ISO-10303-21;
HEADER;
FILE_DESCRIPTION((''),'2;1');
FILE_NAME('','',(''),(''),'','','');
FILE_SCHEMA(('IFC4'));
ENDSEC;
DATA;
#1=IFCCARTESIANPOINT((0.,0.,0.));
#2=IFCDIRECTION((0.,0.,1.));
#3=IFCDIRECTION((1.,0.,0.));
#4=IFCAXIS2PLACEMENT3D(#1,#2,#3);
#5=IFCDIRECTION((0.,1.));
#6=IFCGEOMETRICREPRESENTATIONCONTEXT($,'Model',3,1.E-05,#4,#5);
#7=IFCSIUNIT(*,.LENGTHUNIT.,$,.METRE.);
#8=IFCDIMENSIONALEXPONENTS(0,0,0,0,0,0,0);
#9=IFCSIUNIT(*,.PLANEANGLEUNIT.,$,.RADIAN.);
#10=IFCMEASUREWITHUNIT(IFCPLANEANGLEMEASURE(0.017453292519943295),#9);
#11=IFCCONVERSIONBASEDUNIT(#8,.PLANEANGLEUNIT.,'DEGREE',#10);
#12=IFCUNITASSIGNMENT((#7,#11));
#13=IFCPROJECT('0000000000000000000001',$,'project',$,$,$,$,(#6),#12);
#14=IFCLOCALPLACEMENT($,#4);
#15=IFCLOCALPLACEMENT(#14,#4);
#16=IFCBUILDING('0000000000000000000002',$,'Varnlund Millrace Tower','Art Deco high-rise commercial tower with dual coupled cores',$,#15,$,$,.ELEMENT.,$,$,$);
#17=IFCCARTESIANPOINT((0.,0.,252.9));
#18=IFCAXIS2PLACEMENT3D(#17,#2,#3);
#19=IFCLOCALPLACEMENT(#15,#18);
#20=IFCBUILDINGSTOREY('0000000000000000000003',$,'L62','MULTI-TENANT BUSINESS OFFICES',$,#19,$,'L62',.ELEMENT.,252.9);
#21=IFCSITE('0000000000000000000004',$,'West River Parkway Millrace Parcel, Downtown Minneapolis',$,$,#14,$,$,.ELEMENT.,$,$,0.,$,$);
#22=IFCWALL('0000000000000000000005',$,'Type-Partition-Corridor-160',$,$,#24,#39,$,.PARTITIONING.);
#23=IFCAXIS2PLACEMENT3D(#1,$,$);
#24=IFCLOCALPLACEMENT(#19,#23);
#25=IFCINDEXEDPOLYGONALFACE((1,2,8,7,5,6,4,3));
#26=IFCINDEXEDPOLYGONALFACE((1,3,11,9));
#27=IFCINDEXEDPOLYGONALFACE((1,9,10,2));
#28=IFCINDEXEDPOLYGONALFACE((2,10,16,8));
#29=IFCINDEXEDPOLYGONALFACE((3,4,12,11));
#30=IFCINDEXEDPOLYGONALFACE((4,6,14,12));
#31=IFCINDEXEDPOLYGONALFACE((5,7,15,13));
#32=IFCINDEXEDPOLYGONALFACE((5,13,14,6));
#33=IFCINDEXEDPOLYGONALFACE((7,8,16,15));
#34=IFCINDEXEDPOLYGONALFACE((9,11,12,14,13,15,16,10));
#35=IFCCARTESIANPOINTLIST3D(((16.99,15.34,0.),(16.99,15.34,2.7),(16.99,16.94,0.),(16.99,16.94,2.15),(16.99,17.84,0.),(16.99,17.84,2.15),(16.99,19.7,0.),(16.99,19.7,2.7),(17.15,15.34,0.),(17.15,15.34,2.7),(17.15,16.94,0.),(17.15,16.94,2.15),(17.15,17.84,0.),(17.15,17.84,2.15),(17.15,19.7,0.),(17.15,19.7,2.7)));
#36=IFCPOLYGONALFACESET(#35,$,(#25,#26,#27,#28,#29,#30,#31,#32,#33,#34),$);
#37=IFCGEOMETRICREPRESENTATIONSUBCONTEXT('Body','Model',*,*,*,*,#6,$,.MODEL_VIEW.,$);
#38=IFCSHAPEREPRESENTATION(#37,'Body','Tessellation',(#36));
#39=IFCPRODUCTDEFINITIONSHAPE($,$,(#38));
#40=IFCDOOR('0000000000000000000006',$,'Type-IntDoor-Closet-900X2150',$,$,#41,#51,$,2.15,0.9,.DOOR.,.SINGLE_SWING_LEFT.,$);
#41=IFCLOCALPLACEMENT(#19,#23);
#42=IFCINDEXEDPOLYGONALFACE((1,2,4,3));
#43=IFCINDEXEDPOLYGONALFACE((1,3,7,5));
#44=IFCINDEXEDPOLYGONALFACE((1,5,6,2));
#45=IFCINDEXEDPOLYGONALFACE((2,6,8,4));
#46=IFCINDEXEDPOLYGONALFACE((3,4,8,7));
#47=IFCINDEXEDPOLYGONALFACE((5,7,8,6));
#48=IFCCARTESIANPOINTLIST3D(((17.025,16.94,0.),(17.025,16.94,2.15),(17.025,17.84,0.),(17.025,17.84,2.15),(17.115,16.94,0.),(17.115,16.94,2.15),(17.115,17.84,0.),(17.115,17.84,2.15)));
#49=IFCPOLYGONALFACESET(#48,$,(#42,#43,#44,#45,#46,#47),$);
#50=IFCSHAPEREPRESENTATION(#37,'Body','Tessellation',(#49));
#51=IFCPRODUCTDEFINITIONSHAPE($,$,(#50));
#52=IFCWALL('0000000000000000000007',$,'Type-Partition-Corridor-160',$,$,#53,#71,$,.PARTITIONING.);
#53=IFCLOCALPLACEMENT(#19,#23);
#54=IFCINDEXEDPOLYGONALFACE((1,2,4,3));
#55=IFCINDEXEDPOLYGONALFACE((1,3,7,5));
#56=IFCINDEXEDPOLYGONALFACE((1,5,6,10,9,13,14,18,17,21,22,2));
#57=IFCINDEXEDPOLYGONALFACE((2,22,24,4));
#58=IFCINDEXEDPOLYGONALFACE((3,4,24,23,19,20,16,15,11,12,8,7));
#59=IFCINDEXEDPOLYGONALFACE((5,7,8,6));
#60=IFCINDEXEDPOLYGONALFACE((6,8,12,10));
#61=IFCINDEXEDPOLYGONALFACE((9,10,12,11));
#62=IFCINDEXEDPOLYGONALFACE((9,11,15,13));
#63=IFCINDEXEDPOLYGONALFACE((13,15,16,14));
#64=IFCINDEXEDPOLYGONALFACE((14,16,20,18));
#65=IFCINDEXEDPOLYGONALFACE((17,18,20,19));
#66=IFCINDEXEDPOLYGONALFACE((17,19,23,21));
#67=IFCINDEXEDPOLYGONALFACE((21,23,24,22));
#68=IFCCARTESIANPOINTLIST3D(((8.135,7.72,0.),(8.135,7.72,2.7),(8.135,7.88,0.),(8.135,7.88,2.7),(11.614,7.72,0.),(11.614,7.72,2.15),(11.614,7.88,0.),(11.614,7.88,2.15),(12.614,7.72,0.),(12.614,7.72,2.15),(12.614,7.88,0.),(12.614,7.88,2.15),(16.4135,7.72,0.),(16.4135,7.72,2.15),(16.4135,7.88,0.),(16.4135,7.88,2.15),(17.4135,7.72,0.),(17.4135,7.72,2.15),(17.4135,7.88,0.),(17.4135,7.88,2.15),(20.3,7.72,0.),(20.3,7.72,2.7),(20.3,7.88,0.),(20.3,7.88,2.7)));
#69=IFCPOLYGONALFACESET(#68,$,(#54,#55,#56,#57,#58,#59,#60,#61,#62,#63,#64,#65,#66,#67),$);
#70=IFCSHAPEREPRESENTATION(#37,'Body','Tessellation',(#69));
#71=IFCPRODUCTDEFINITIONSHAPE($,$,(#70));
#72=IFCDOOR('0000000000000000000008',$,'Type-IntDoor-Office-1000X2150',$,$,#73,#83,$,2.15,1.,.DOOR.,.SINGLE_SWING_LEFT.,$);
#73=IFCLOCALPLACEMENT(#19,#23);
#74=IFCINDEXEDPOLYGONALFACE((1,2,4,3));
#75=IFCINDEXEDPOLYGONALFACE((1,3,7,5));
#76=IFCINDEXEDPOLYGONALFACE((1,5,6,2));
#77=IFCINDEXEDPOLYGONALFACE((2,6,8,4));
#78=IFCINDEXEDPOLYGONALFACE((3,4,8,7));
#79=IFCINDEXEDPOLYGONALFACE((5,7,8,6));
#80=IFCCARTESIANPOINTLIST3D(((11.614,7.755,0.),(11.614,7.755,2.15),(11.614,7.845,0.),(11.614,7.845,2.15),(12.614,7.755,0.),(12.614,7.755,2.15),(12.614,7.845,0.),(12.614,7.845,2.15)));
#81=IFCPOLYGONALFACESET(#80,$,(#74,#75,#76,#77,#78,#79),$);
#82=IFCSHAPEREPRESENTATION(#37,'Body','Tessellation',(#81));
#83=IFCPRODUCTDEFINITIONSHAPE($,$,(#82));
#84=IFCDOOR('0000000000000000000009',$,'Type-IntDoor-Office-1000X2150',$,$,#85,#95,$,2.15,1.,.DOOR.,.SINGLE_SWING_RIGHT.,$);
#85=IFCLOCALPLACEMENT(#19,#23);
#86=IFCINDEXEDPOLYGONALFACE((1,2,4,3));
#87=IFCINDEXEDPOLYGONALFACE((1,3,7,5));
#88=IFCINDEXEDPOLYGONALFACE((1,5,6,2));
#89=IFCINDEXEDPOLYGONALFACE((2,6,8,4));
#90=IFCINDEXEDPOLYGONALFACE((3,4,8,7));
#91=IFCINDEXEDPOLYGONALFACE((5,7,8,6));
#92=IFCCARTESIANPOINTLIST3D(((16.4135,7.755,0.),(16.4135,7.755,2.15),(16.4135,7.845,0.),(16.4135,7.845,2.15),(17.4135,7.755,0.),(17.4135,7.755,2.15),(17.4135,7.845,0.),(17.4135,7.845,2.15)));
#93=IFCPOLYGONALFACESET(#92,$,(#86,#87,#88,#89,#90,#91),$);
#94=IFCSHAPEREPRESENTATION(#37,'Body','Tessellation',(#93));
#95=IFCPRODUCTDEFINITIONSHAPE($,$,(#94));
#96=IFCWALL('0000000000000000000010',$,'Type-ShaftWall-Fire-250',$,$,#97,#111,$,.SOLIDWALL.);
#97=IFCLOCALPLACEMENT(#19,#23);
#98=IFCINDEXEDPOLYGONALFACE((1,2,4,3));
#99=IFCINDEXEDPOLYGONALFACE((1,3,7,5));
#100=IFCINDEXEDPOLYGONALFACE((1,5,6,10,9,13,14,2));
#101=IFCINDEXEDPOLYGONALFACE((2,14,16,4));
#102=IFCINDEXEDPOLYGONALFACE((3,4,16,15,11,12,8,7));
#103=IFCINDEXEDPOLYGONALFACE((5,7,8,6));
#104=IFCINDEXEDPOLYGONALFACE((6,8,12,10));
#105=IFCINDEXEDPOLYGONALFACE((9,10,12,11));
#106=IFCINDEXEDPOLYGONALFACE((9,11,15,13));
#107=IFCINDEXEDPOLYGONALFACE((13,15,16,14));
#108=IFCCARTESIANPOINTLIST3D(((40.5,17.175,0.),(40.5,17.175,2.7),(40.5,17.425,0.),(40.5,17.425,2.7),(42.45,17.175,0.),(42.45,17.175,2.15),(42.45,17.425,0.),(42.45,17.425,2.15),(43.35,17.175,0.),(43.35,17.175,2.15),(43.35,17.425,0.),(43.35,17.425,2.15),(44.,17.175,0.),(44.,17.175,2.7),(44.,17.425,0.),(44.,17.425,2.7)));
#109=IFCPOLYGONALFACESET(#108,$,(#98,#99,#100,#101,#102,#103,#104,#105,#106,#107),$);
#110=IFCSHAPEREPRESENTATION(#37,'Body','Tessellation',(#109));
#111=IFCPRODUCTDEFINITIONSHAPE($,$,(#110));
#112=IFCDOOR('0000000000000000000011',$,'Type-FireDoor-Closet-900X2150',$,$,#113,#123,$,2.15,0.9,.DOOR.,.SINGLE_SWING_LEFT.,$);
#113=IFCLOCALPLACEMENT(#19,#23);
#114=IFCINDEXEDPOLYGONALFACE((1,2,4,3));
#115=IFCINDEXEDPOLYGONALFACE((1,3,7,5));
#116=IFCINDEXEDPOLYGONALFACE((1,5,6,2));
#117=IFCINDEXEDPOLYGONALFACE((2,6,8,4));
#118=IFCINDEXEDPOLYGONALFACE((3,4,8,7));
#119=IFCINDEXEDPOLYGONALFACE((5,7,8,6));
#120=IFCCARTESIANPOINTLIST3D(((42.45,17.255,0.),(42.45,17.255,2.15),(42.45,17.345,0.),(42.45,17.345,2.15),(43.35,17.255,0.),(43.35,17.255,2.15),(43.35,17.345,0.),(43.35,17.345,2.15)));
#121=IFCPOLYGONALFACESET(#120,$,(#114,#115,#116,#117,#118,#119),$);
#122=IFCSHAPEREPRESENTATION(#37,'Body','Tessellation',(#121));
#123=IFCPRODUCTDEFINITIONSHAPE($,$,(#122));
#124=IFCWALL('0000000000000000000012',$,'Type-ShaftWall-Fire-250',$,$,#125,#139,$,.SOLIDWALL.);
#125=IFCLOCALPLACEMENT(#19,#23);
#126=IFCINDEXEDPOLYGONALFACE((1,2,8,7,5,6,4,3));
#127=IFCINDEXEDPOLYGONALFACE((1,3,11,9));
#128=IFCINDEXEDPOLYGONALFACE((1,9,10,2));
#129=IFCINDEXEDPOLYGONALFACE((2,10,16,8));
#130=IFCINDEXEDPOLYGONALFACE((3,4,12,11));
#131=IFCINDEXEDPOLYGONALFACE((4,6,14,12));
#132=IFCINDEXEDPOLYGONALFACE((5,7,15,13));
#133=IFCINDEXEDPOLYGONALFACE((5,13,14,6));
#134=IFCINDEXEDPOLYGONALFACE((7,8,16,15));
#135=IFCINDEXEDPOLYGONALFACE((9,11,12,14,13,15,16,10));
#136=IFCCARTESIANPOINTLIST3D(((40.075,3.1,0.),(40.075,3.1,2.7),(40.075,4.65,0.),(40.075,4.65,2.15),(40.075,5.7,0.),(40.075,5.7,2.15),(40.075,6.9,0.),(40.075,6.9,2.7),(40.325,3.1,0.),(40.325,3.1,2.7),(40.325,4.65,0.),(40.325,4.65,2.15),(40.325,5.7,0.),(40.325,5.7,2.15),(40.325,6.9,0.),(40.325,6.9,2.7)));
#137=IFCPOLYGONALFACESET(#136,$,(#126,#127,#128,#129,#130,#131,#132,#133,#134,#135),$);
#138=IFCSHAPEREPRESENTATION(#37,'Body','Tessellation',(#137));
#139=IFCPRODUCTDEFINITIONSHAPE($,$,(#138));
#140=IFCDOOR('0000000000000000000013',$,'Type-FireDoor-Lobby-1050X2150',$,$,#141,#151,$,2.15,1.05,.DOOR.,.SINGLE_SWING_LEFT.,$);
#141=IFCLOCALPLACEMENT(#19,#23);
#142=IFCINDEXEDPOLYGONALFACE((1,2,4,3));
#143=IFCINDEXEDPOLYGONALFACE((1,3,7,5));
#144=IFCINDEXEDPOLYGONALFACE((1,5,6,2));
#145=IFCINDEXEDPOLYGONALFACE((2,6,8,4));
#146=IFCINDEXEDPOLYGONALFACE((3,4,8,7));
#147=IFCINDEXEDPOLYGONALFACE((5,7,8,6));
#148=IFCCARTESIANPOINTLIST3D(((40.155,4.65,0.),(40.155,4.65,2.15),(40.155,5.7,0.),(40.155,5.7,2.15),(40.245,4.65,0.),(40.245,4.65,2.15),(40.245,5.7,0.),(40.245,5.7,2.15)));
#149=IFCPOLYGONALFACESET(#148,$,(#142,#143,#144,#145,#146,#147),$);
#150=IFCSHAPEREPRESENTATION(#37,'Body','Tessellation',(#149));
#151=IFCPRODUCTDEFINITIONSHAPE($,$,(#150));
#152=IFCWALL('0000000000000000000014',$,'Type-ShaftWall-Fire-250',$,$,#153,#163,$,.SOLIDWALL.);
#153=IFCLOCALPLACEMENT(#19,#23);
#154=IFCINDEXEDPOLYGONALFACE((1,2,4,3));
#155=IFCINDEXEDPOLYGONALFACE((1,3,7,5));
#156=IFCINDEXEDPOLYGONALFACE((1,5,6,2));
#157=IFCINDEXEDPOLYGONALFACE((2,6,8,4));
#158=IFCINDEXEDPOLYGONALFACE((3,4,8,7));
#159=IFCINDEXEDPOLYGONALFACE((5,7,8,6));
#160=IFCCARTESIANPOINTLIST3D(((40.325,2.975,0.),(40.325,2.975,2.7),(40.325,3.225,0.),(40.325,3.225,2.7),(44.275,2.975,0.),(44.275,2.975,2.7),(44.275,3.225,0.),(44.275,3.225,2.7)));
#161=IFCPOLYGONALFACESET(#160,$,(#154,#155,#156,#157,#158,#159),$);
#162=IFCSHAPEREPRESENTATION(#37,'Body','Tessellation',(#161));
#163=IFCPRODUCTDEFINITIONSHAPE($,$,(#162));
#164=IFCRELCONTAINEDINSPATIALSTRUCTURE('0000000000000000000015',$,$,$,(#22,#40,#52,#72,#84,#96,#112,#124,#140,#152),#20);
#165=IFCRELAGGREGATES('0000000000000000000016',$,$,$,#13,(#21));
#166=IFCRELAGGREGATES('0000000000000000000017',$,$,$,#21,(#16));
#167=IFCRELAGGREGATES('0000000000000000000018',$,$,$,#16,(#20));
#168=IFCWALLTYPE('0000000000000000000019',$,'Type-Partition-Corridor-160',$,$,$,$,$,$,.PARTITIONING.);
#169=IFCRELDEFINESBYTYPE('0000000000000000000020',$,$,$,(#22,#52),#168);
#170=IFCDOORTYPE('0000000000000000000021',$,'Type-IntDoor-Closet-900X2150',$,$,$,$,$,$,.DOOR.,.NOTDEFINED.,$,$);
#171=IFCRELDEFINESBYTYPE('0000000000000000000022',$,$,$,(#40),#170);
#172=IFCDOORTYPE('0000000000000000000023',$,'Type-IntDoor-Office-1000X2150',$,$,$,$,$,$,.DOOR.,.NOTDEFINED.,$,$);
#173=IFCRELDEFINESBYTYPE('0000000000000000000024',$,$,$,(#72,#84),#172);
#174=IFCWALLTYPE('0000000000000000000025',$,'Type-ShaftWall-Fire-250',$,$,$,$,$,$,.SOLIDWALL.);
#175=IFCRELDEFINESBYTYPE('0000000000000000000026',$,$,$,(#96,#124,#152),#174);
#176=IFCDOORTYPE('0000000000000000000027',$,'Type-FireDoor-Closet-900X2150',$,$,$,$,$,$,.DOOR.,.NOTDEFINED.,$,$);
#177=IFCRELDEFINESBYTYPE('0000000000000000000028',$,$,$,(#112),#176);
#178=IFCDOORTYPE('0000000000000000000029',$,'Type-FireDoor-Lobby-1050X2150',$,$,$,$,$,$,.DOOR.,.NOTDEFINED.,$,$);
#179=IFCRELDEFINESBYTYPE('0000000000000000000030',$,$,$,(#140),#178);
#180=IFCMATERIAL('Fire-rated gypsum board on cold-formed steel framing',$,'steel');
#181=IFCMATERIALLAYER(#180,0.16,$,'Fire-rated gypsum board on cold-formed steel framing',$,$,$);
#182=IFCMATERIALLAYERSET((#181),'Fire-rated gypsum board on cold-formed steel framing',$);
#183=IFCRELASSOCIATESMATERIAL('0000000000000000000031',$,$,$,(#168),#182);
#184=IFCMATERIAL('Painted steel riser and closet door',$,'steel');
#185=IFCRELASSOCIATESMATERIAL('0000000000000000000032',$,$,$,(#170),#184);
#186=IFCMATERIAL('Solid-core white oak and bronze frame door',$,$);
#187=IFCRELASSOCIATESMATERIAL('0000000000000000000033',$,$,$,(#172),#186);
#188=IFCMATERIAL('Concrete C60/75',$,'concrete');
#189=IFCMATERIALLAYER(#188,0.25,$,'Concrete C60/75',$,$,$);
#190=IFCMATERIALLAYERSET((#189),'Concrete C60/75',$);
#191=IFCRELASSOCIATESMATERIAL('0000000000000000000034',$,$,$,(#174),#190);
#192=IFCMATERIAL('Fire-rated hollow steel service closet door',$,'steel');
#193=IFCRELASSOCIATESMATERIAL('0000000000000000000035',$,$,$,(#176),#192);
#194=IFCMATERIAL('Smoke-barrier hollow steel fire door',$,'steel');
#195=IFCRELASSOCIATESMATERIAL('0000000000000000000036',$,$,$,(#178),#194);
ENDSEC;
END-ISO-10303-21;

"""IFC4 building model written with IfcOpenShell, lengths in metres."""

from ifc_helpers import new_model, entity, si_unit, converted_unit, direction, frame, origin_with_axes, origin_2d_with_axis, place, context, subcontext, project, spatial, polyline, rectangle, outline, extrude, material, layer, layer_set, type_object, element, fill, save


model = new_model("IFC4")

# Units and contexts
model_context = context("Model", 3, precision=1e-05, world=origin_with_axes(), true_north=direction((0.0, 1.0)))
body_context = subcontext(model_context, "Body", "Model", "MODEL_VIEW")
ifc_project = project(units=[si_unit("LENGTHUNIT", "METRE"), converted_unit("PLANEANGLEUNIT", "DEGREE", entity("IfcPlaneAngleMeasure", 0.017453292519943295), si_unit("PLANEANGLEUNIT", "RADIAN"), dimensions=[0, 0, 0, 0, 0, 0, 0])], contexts=[model_context])

# Site, building, storey
site_placement = place(None, origin_with_axes())
site = spatial("IfcSite", under=ifc_project, at=site_placement, Name="West River Parkway Millrace Parcel, Downtown Minneapolis", CompositionType="ELEMENT", RefElevation=0.0)
building_placement = place(site_placement, origin_with_axes())
building = spatial("IfcBuilding", under=site, at=building_placement, Name="Varnlund Millrace Tower", Description="Art Deco high-rise commercial tower with dual coupled cores", CompositionType="ELEMENT")
storey_placement = place(building_placement, frame((0.0, 0.0, 252.9), z_axis=(0.0, 0.0, 1.0), x_axis=(1.0, 0.0, 0.0)))
storey = spatial("IfcBuildingStorey", under=building, at=storey_placement, Name="L62", Description="MULTI-TENANT BUSINESS OFFICES", LongName="L62", CompositionType="ELEMENT", Elevation=252.9)

# Shared definitions
ifc_material_1 = material(Name="Concrete C60/75", Category="concrete")

# Wall, opening, door
ifc_material_2 = material(Name="Fire-rated gypsum board on cold-formed steel framing", Category="steel")
ifc_layer_1 = layer(ifc_material_2, 0.16, Name="Fire-rated gypsum board on cold-formed steel framing")
ifc_layer_set_1 = layer_set([ifc_layer_1], Name="Fire-rated gypsum board on cold-formed steel framing")
wall_type_1 = type_object("IfcWallType", Name="Type-Partition-Corridor-160", PredefinedType="PARTITIONING", material=ifc_layer_set_1)
wall_1_placement = place(storey_placement, frame((17.07, 15.34, 0.0), z_axis=(0.0, 0.0, 1.0), x_axis=(0.0, 1.0, 0.0)))
wall_1 = element("IfcWall", 1, at=wall_1_placement, inside=storey, type_object=wall_type_1, Name="Type-Partition-Corridor-160", PredefinedType="PARTITIONING", context=body_context, shape_type="SweptSolid", body=[
    extrude(outline(polyline([(0.0, -0.08), (4.36, -0.08), (4.36, 0.08), (0.0, 0.08), (0.0, -0.08)])), origin_with_axes(), (0.0, 0.0, 1.0), 2.7),
])
opening_1_placement = place(wall_1_placement, frame((2.05, 0.0, 0.0), z_axis=(0.0, 0.0, 1.0), x_axis=(1.0, 0.0, 0.0)))
opening_1 = element("IfcOpeningElement", 2, at=opening_1_placement, cuts=wall_1, PredefinedType="OPENING", context=body_context, shape_type="SweptSolid", body=[
    extrude(rectangle(XDim=0.9, YDim=0.18, at=origin_2d_with_axis()), origin_with_axes(), (0.0, 0.0, 1.0), 2.15),
])
ifc_material_3 = material(Name="Painted steel riser and closet door", Category="steel")
door_type_1 = type_object("IfcDoorType", Name="Type-IntDoor-Closet-900X2150", OperationType="NOTDEFINED", PredefinedType="DOOR", material=ifc_material_3)
door_1_placement = place(wall_1_placement, frame((2.05, 0.0, 0.0), z_axis=(0.0, 0.0, 1.0), x_axis=(1.0, 0.0, 0.0)))
door_1 = element("IfcDoor", 3, at=door_1_placement, inside=storey, type_object=door_type_1, Name="Type-IntDoor-Closet-900X2150", OperationType="SINGLE_SWING_LEFT", OverallHeight=2.15, OverallWidth=0.9, PredefinedType="DOOR", context=body_context, shape_type="SweptSolid", body=[
    extrude(rectangle(XDim=0.9, YDim=0.09, at=origin_2d_with_axis()), origin_with_axes(), (0.0, 0.0, 1.0), 2.15),
])
fill(opening_1, door_1)

# Wall, openings, doors
wall_2_placement = place(storey_placement, frame((8.135, 7.8, 0.0), z_axis=(0.0, 0.0, 1.0), x_axis=(1.0, 0.0, 0.0)))
wall_2 = element("IfcWall", 4, at=wall_2_placement, inside=storey, type_object=wall_type_1, Name="Type-Partition-Corridor-160", PredefinedType="PARTITIONING", context=body_context, shape_type="SweptSolid", body=[
    extrude(outline(polyline([(0.0, -0.08), (12.165, -0.08), (12.165, 0.08), (0.0, 0.08), (0.0, -0.08)])), origin_with_axes(), (0.0, 0.0, 1.0), 2.7),
])
opening_2_placement = place(wall_2_placement, frame((3.979, 0.0, 0.0), z_axis=(0.0, 0.0, 1.0), x_axis=(1.0, 0.0, 0.0)))
opening_2 = element("IfcOpeningElement", 5, at=opening_2_placement, cuts=wall_2, PredefinedType="OPENING", context=body_context, shape_type="SweptSolid", body=[
    extrude(rectangle(XDim=1.0, YDim=0.18, at=origin_2d_with_axis()), origin_with_axes(), (0.0, 0.0, 1.0), 2.15),
])
opening_3_placement = place(wall_2_placement, frame((8.7785, 0.0, 0.0), z_axis=(0.0, 0.0, 1.0), x_axis=(1.0, 0.0, 0.0)))
opening_3 = element("IfcOpeningElement", 6, at=opening_3_placement, cuts=wall_2, PredefinedType="OPENING", context=body_context, shape_type="SweptSolid", body=[
    extrude(rectangle(XDim=1.0, YDim=0.18, at=origin_2d_with_axis()), origin_with_axes(), (0.0, 0.0, 1.0), 2.15),
])
ifc_material_4 = material(Name="Solid-core white oak and bronze frame door")
door_type_2 = type_object("IfcDoorType", Name="Type-IntDoor-Office-1000X2150", OperationType="NOTDEFINED", PredefinedType="DOOR", material=ifc_material_4)
door_2_placement = place(wall_2_placement, frame((3.979, 0.0, 0.0), z_axis=(0.0, 0.0, 1.0), x_axis=(1.0, 0.0, 0.0)))
door_2 = element("IfcDoor", 7, at=door_2_placement, inside=storey, type_object=door_type_2, Name="Type-IntDoor-Office-1000X2150", OperationType="SINGLE_SWING_LEFT", OverallHeight=2.15, OverallWidth=1.0, PredefinedType="DOOR", context=body_context, shape_type="SweptSolid", body=[
    extrude(rectangle(XDim=1.0, YDim=0.09, at=origin_2d_with_axis()), origin_with_axes(), (0.0, 0.0, 1.0), 2.15),
])
fill(opening_2, door_2)
door_3_placement = place(wall_2_placement, frame((8.7785, 0.0, 0.0), z_axis=(0.0, 0.0, 1.0), x_axis=(1.0, 0.0, 0.0)))
door_3 = element("IfcDoor", 8, at=door_3_placement, inside=storey, type_object=door_type_2, Name="Type-IntDoor-Office-1000X2150", OperationType="SINGLE_SWING_RIGHT", OverallHeight=2.15, OverallWidth=1.0, PredefinedType="DOOR", context=body_context, shape_type="SweptSolid", body=[
    extrude(rectangle(XDim=1.0, YDim=0.09, at=origin_2d_with_axis()), origin_with_axes(), (0.0, 0.0, 1.0), 2.15),
])
fill(opening_3, door_3)

# Walls, openings, doors
ifc_layer_2 = layer(ifc_material_1, 0.25, Name="Concrete C60/75")
ifc_layer_set_2 = layer_set([ifc_layer_2], Name="Concrete C60/75")
wall_type_2 = type_object("IfcWallType", Name="Type-ShaftWall-Fire-250", PredefinedType="SOLIDWALL", material=ifc_layer_set_2)
wall_3_placement = place(storey_placement, frame((40.5, 17.3, 0.0), z_axis=(0.0, 0.0, 1.0), x_axis=(1.0, 0.0, 0.0)))
wall_3 = element("IfcWall", 9, at=wall_3_placement, inside=storey, type_object=wall_type_2, Name="Type-ShaftWall-Fire-250", PredefinedType="SOLIDWALL", context=body_context, shape_type="SweptSolid", body=[
    extrude(outline(polyline([(0.0, -0.125), (3.5, -0.125), (3.5, 0.125), (0.0, 0.125), (0.0, -0.125)])), origin_with_axes(), (0.0, 0.0, 1.0), 2.7),
])
opening_4_placement = place(wall_3_placement, frame((2.4, 0.0, 0.0), z_axis=(0.0, 0.0, 1.0), x_axis=(1.0, 0.0, 0.0)))
opening_4 = element("IfcOpeningElement", 10, at=opening_4_placement, cuts=wall_3, PredefinedType="OPENING", context=body_context, shape_type="SweptSolid", body=[
    extrude(rectangle(XDim=0.9, YDim=0.27, at=origin_2d_with_axis()), origin_with_axes(), (0.0, 0.0, 1.0), 2.15),
])
ifc_material_5 = material(Name="Fire-rated hollow steel service closet door", Category="steel")
door_type_3 = type_object("IfcDoorType", Name="Type-FireDoor-Closet-900X2150", OperationType="NOTDEFINED", PredefinedType="DOOR", material=ifc_material_5)
door_4_placement = place(wall_3_placement, frame((2.4, 0.0, 0.0), z_axis=(0.0, 0.0, 1.0), x_axis=(1.0, 0.0, 0.0)))
door_4 = element("IfcDoor", 11, at=door_4_placement, inside=storey, type_object=door_type_3, Name="Type-FireDoor-Closet-900X2150", OperationType="SINGLE_SWING_LEFT", OverallHeight=2.15, OverallWidth=0.9, PredefinedType="DOOR", context=body_context, shape_type="SweptSolid", body=[
    extrude(rectangle(XDim=0.9, YDim=0.09, at=origin_2d_with_axis()), origin_with_axes(), (0.0, 0.0, 1.0), 2.15),
])
fill(opening_4, door_4)
wall_4_placement = place(storey_placement, frame((40.2, 3.1, 0.0), z_axis=(0.0, 0.0, 1.0), x_axis=(0.0, 1.0, 0.0)))
wall_4 = element("IfcWall", 12, at=wall_4_placement, inside=storey, type_object=wall_type_2, Name="Type-ShaftWall-Fire-250", PredefinedType="SOLIDWALL", context=body_context, shape_type="SweptSolid", body=[
    extrude(outline(polyline([(0.0, -0.125), (3.8, -0.125), (3.8, 0.125), (0.0, 0.125), (0.0, -0.125)])), origin_with_axes(), (0.0, 0.0, 1.0), 2.7),
])
opening_5_placement = place(wall_4_placement, frame((2.075, 0.0, 0.0), z_axis=(0.0, 0.0, 1.0), x_axis=(1.0, 0.0, 0.0)))
opening_5 = element("IfcOpeningElement", 13, at=opening_5_placement, cuts=wall_4, PredefinedType="OPENING", context=body_context, shape_type="SweptSolid", body=[
    extrude(rectangle(XDim=1.05, YDim=0.27, at=origin_2d_with_axis()), origin_with_axes(), (0.0, 0.0, 1.0), 2.15),
])
ifc_material_6 = material(Name="Smoke-barrier hollow steel fire door", Category="steel")
door_type_4 = type_object("IfcDoorType", Name="Type-FireDoor-Lobby-1050X2150", OperationType="NOTDEFINED", PredefinedType="DOOR", material=ifc_material_6)
door_5_placement = place(wall_4_placement, frame((2.075, 0.0, 0.0), z_axis=(0.0, 0.0, 1.0), x_axis=(1.0, 0.0, 0.0)))
door_5 = element("IfcDoor", 14, at=door_5_placement, inside=storey, type_object=door_type_4, Name="Type-FireDoor-Lobby-1050X2150", OperationType="SINGLE_SWING_LEFT", OverallHeight=2.15, OverallWidth=1.05, PredefinedType="DOOR", context=body_context, shape_type="SweptSolid", body=[
    extrude(rectangle(XDim=1.05, YDim=0.09, at=origin_2d_with_axis()), origin_with_axes(), (0.0, 0.0, 1.0), 2.15),
])
fill(opening_5, door_5)

# Wall
wall_5_placement = place(storey_placement, frame((40.325, 3.1, 0.0), z_axis=(0.0, 0.0, 1.0), x_axis=(1.0, 0.0, 0.0)))
element("IfcWall", 15, at=wall_5_placement, inside=storey, type_object=wall_type_2, Name="Type-ShaftWall-Fire-250", PredefinedType="SOLIDWALL", context=body_context, shape_type="SweptSolid", body=[
    extrude(outline(polyline([(0.0, -0.125), (3.95, -0.125), (3.95, 0.125), (0.0, 0.125), (0.0, -0.125)])), origin_with_axes(), (0.0, 0.0, 1.0), 2.7),
])

save(model, "model.ifc")
